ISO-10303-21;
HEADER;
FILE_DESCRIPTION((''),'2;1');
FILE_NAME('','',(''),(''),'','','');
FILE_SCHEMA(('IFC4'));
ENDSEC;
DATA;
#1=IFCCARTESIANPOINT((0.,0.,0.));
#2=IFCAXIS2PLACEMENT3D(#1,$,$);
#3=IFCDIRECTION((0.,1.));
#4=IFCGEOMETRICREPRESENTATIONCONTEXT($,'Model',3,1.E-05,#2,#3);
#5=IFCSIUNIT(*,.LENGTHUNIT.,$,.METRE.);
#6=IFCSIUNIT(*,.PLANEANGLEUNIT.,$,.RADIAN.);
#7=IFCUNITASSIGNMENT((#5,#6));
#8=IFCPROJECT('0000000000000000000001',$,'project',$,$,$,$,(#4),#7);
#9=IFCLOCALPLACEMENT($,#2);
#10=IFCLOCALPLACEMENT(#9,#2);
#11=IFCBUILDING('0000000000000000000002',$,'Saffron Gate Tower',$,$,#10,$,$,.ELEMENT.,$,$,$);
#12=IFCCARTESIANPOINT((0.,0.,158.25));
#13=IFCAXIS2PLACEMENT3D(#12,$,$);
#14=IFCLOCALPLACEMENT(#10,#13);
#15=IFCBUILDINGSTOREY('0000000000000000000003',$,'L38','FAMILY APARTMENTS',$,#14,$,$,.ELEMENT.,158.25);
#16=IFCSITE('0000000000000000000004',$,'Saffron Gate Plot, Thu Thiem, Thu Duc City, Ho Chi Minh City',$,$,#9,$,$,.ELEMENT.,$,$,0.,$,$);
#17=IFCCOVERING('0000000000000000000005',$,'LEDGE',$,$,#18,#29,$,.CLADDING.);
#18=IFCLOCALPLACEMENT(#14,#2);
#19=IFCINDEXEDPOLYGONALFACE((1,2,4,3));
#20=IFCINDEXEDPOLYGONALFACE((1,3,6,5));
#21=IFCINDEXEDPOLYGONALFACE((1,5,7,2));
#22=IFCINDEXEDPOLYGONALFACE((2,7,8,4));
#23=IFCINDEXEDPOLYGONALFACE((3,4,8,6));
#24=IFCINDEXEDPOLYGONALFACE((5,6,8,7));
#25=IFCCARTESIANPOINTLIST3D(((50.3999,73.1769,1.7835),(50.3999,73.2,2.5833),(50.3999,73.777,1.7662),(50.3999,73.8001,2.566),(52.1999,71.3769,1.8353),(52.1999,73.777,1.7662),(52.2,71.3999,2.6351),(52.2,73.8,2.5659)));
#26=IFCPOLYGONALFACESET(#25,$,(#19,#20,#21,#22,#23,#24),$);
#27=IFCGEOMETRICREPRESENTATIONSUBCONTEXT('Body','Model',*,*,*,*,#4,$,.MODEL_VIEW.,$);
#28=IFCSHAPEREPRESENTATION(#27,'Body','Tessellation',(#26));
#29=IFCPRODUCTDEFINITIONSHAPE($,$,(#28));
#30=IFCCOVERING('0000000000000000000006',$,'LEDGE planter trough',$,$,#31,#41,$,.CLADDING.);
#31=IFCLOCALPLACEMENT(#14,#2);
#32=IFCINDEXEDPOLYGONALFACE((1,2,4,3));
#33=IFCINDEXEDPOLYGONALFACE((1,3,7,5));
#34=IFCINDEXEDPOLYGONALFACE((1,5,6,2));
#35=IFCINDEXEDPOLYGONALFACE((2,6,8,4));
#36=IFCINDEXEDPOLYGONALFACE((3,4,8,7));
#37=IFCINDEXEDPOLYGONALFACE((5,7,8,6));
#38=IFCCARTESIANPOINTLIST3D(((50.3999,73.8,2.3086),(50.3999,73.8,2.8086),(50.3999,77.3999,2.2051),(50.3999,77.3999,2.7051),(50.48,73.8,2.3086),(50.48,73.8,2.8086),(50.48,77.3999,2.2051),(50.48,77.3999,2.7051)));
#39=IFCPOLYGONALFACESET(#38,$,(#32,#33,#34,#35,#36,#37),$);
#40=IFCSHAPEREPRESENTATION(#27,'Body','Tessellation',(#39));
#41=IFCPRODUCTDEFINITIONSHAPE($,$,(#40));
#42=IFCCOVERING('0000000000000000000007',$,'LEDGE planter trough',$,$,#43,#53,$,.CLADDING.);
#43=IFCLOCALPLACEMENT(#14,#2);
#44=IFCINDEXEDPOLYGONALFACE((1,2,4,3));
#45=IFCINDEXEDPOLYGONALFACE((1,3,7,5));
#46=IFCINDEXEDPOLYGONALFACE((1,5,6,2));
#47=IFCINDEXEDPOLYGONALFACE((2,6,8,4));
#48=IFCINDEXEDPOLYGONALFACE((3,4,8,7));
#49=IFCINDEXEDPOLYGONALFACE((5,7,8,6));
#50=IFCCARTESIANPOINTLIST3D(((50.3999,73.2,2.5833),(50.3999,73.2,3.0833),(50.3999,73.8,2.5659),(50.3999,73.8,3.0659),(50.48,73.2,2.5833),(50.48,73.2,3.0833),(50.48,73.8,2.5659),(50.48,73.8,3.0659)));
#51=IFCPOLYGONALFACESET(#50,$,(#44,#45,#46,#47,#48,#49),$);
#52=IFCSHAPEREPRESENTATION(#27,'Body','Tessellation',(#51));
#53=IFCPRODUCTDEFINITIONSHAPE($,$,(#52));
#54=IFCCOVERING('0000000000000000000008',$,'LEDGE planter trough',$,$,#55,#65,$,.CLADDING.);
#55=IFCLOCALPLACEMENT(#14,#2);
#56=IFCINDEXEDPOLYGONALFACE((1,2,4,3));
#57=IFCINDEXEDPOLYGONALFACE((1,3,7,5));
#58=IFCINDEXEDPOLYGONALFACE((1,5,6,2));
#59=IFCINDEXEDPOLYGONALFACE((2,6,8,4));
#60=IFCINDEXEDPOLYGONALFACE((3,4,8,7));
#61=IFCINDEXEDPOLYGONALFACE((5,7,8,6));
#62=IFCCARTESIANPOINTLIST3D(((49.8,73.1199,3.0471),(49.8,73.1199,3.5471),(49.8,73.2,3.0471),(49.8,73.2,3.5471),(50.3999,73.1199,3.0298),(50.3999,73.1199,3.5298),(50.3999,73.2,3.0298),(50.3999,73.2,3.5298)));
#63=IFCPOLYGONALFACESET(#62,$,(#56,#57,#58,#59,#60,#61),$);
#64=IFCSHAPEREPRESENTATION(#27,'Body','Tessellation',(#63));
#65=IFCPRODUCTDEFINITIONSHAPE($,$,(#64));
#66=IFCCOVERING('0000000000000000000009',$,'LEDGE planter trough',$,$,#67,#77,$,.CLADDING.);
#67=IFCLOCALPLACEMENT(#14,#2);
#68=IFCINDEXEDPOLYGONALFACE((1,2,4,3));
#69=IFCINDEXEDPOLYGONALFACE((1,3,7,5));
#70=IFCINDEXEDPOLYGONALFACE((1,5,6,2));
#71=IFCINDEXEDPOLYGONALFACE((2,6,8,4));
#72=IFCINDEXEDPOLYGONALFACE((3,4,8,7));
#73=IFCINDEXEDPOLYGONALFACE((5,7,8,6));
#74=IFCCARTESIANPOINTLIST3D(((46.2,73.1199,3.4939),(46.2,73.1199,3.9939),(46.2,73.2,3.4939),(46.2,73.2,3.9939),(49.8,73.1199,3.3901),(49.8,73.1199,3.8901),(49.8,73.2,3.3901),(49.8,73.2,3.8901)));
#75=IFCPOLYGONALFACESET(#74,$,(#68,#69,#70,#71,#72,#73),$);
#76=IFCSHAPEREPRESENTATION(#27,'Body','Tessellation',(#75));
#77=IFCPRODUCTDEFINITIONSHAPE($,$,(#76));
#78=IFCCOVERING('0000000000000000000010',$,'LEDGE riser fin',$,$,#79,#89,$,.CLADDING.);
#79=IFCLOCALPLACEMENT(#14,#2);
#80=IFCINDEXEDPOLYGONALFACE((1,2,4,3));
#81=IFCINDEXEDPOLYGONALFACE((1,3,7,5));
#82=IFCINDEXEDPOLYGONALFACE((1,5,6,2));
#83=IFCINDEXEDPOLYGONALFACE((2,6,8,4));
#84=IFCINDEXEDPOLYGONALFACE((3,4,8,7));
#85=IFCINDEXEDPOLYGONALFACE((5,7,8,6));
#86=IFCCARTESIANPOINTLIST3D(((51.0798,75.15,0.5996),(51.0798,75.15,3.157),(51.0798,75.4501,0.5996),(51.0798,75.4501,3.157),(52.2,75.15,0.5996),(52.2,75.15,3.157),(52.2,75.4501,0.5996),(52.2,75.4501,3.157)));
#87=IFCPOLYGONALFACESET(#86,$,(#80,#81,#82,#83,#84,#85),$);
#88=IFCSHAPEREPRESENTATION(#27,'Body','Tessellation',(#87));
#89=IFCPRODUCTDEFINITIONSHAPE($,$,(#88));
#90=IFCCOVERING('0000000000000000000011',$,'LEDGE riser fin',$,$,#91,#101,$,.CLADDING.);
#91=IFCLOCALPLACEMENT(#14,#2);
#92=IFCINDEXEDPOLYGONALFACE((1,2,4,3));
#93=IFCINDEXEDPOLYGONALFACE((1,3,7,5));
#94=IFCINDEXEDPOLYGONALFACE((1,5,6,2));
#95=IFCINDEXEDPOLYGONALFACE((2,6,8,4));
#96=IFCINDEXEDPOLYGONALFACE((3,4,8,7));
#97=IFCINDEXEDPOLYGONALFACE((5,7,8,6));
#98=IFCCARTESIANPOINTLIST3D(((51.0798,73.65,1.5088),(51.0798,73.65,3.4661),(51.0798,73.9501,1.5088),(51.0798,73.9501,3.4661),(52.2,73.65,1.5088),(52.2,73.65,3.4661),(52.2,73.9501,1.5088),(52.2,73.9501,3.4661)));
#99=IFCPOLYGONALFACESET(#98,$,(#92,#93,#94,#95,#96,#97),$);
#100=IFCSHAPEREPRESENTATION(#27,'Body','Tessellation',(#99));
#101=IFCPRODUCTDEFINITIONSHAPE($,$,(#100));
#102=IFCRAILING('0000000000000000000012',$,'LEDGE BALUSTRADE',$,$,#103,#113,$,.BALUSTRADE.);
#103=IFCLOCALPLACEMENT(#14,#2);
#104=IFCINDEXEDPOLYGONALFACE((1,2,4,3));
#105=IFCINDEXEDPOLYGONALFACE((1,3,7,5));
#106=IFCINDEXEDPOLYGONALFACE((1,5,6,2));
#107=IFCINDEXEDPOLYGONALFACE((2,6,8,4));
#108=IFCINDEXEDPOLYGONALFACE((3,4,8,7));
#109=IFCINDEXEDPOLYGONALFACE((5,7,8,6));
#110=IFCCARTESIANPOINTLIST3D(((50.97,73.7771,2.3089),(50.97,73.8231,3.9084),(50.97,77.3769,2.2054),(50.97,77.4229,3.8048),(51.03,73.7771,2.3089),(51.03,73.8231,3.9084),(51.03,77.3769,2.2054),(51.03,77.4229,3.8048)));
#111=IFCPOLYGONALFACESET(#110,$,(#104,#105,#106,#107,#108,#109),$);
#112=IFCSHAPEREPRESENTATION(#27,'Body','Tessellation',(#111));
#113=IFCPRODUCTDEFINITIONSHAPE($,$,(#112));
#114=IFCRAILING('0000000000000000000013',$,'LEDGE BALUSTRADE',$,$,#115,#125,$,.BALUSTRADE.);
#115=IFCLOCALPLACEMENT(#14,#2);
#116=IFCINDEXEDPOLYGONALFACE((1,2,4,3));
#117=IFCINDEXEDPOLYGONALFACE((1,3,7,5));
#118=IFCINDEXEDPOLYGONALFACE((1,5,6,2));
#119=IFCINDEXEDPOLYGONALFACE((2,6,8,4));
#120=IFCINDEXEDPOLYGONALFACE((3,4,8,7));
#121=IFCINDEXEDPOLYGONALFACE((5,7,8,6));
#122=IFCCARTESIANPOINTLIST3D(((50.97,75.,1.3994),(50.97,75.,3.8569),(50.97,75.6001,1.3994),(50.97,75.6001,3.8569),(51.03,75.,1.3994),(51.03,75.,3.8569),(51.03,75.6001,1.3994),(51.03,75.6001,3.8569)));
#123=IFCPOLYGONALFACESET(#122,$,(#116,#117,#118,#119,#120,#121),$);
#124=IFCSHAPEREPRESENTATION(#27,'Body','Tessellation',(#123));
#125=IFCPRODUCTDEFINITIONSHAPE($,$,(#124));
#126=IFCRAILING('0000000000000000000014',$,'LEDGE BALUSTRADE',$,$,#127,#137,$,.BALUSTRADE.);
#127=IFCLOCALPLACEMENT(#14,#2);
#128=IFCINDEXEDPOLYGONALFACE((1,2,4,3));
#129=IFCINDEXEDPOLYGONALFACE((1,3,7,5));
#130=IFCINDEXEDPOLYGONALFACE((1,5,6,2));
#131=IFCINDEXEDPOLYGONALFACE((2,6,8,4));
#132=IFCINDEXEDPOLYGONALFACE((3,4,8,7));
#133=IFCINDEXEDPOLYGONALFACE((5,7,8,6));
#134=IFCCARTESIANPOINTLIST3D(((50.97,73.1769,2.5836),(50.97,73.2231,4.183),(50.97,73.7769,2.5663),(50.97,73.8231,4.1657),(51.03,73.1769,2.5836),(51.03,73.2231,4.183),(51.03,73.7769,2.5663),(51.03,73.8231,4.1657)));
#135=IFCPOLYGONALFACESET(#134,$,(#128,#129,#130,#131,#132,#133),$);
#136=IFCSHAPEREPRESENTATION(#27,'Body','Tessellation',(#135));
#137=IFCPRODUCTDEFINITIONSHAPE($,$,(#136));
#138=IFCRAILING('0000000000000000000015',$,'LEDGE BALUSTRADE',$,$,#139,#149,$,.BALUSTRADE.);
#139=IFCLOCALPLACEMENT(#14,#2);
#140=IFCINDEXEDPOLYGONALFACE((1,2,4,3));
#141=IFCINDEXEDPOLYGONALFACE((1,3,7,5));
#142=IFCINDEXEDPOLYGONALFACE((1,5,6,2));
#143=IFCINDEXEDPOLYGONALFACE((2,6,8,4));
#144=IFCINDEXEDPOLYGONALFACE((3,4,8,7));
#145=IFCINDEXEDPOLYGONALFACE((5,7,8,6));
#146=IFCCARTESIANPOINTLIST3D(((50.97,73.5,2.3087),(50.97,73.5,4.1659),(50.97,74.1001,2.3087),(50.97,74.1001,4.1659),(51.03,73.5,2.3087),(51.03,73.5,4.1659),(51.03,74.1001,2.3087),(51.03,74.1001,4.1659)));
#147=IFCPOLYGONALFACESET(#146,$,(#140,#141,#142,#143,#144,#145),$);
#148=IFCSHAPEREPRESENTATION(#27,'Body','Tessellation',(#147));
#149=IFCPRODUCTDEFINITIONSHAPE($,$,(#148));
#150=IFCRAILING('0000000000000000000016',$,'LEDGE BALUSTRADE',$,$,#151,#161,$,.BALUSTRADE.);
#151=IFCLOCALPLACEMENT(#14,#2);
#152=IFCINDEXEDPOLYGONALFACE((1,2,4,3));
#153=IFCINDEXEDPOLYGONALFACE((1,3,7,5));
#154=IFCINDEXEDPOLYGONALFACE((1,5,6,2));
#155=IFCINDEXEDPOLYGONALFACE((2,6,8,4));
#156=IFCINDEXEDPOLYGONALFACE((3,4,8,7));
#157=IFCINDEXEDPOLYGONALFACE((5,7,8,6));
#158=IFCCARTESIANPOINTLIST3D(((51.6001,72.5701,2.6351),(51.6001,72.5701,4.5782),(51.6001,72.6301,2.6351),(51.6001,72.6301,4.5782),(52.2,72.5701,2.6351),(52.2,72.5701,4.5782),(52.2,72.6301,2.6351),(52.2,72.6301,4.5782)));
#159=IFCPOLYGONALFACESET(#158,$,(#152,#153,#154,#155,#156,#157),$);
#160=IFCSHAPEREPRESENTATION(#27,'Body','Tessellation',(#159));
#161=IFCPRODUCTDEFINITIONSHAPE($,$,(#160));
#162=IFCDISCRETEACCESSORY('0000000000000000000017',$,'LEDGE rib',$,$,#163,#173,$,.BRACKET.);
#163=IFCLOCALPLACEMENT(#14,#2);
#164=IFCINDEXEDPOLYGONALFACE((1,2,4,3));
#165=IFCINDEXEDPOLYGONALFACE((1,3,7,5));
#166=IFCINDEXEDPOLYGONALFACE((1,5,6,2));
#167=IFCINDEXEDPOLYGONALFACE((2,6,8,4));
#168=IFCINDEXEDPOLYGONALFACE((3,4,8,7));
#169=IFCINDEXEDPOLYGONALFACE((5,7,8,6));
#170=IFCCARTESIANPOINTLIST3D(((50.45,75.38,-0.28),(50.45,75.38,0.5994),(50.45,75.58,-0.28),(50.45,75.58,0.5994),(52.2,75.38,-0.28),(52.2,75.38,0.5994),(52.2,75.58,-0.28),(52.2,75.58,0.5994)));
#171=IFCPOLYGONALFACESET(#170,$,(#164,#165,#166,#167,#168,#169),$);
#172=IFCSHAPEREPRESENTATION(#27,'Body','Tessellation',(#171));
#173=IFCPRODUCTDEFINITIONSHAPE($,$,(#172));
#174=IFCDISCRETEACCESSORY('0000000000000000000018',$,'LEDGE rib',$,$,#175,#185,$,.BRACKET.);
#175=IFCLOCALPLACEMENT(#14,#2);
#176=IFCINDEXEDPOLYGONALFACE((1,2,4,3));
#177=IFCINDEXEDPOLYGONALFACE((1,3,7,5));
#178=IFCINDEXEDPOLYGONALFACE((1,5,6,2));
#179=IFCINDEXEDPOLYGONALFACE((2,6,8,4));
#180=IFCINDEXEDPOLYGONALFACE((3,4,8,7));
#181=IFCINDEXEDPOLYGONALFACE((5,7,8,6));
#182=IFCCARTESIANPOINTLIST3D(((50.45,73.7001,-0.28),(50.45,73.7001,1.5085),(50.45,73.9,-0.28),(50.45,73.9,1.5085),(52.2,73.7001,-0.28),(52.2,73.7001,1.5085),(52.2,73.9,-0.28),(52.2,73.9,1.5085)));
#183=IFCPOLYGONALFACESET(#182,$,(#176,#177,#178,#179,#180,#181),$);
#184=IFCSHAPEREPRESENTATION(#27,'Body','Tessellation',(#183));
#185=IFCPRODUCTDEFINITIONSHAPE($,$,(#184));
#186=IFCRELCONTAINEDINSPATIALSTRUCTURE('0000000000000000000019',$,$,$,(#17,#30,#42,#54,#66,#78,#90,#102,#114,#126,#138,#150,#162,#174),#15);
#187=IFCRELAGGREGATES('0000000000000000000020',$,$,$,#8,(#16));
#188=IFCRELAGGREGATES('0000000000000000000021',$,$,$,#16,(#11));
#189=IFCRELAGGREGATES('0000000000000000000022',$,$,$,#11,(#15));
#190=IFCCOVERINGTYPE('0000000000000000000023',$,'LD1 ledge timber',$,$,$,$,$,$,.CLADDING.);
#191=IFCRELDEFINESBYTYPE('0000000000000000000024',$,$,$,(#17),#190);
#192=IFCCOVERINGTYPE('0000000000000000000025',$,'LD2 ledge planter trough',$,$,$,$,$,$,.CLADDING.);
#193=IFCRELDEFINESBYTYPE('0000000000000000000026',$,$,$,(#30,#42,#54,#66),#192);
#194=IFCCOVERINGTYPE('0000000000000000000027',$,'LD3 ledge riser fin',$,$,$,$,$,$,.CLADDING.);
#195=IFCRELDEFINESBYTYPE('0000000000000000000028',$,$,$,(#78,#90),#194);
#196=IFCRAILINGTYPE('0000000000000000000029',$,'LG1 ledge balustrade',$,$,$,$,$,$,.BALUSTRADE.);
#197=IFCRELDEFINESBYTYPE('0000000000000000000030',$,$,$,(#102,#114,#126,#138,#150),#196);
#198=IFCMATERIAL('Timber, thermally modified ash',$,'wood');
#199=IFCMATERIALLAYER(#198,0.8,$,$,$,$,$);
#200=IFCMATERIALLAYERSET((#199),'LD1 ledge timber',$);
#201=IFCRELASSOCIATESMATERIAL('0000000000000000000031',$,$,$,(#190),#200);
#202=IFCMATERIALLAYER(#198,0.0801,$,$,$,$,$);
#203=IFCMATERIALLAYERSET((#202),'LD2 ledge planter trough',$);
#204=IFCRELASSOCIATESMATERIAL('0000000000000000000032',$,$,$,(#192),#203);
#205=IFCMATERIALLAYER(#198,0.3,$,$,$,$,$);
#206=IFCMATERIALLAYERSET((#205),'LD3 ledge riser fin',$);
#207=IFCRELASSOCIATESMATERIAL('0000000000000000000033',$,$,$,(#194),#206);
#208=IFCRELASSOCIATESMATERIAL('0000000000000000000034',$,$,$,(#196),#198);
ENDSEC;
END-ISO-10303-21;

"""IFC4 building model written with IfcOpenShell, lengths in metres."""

from ifc_helpers import new_model, si_unit, direction, frame, origin, origin_2d, place, context, subcontext, project, spatial, polyline, rectangle, outline, extrude, material, layer, layer_set, type_object, element, save


model = new_model("IFC4")

# Units and contexts
model_context = context("Model", 3, precision=1e-05, world=origin(), true_north=direction((0.0, 1.0)))
body_context = subcontext(model_context, "Body", "Model", "MODEL_VIEW")
ifc_project = project(units=[si_unit("LENGTHUNIT", "METRE"), si_unit("PLANEANGLEUNIT", "RADIAN")], contexts=[model_context])

# Site, building, storey
site_placement = place(None, origin())
site = spatial("IfcSite", under=ifc_project, at=site_placement, Name="Saffron Gate Plot, Thu Thiem, Thu Duc City, Ho Chi Minh City", CompositionType="ELEMENT", RefElevation=0.0)
building_placement = place(site_placement, origin())
building = spatial("IfcBuilding", under=site, at=building_placement, Name="Saffron Gate Tower", CompositionType="ELEMENT")
storey_placement = place(building_placement, frame((0.0, 0.0, 158.25)))
storey = spatial("IfcBuildingStorey", under=building, at=storey_placement, Name="L38", Description="FAMILY APARTMENTS", CompositionType="ELEMENT", Elevation=158.25)

# Coverings
ifc_material = material(Name="Timber, thermally modified ash", Category="wood")
ifc_layer_1 = layer(ifc_material, 0.8)
ifc_layer_set_1 = layer_set([ifc_layer_1], Name="LD1 ledge timber")
covering_type_1 = type_object("IfcCoveringType", Name="LD1 ledge timber", PredefinedType="CLADDING", material=ifc_layer_set_1)
covering_1_placement = place(storey_placement, frame((52.2, 73.8, 2.5659), z_axis=(0.000026, 0.028794, 0.999585), x_axis=(0.0, -0.999585, 0.028794)))
element("IfcCovering", 1, at=covering_1_placement, inside=storey, type_object=covering_type_1, Name="LEDGE", PredefinedType="CLADDING", context=body_context, shape_type="SweptSolid", body=[
    extrude(outline(polyline([(0.0, 0.0), (2.4011, 0.0), (0.6003, -1.8), (0.0, -1.8), (0.0, 0.0)])), origin(), (0.0, 0.0, -1.0), 0.8),
])
ifc_layer_2 = layer(ifc_material, 0.0801)
ifc_layer_set_2 = layer_set([ifc_layer_2], Name="LD2 ledge planter trough")
covering_type_2 = type_object("IfcCoveringType", Name="LD2 ledge planter trough", PredefinedType="CLADDING", material=ifc_layer_set_2)
covering_2_placement = place(storey_placement, frame((50.3999, 77.3999, 2.2051), z_axis=(-1.0, 0.0, 0.0), x_axis=(0.0, -0.999587, 0.028744)))
element("IfcCovering", 2, at=covering_2_placement, inside=storey, type_object=covering_type_2, Name="LEDGE planter trough", PredefinedType="CLADDING", context=body_context, shape_type="SweptSolid", body=[
    extrude(outline(polyline([(0.0, 0.0), (3.6013, 0.0), (3.6157, 0.4998), (0.0144, 0.4998), (0.0, 0.0)])), origin(), (0.0, 0.0, -1.0), 0.0801),
])
covering_3_placement = place(storey_placement, frame((50.3999, 73.8, 2.5659), z_axis=(-1.0, 0.0, 0.0), x_axis=(0.0, -0.999583, 0.028873)))
element("IfcCovering", 3, at=covering_3_placement, inside=storey, type_object=covering_type_2, Name="LEDGE planter trough", PredefinedType="CLADDING", context=body_context, shape_type="SweptSolid", body=[
    extrude(outline(polyline([(0.0, 0.0), (0.6003, 0.0), (0.6148, 0.4998), (0.0144, 0.4998), (0.0, 0.0)])), origin(), (0.0, 0.0, -1.0), 0.0801),
])
covering_4_placement = place(storey_placement, frame((50.3999, 73.2, 3.0298), z_axis=(0.0, 1.0, 0.0), x_axis=(-0.999583, 0.0, 0.028885)))
element("IfcCovering", 4, at=covering_4_placement, inside=storey, type_object=covering_type_2, Name="LEDGE planter trough", PredefinedType="CLADDING", context=body_context, shape_type="SweptSolid", body=[
    extrude(outline(polyline([(0.0, 0.0), (0.6001, 0.0), (0.6145, 0.4998), (0.0144, 0.4998), (0.0, 0.0)])), origin(), (0.0, 0.0, -1.0), 0.0801),
])
covering_5_placement = place(storey_placement, frame((49.8, 73.2, 3.3901), z_axis=(0.0, 1.0, 0.0), x_axis=(-0.999585, 0.0, 0.028809)))
element("IfcCovering", 5, at=covering_5_placement, inside=storey, type_object=covering_type_2, Name="LEDGE planter trough", PredefinedType="CLADDING", context=body_context, shape_type="SweptSolid", body=[
    extrude(outline(polyline([(0.0, 0.0), (3.6016, 0.0), (3.616, 0.4998), (0.0144, 0.4998), (0.0, 0.0)])), origin(), (0.0, 0.0, -1.0), 0.0801),
])
ifc_layer_3 = layer(ifc_material, 0.3)
ifc_layer_set_3 = layer_set([ifc_layer_3], Name="LD3 ledge riser fin")
covering_type_3 = type_object("IfcCoveringType", Name="LD3 ledge riser fin", PredefinedType="CLADDING", material=ifc_layer_set_3)
covering_6_placement = place(storey_placement, frame((51.6399, 75.3, 0.5996), z_axis=(0.0, 0.0, 1.0), x_axis=(0.0, -1.0, 0.0)))
element("IfcCovering", 6, at=covering_6_placement, inside=storey, type_object=covering_type_3, Name="LEDGE riser fin", PredefinedType="CLADDING", context=body_context, shape_type="SweptSolid", body=[
    extrude(rectangle(XDim=0.3, YDim=1.1201, at=origin_2d()), origin(), (0.0, 0.0, 1.0), 2.5574),
])
covering_7_placement = place(storey_placement, frame((51.6399, 73.8, 1.5088), z_axis=(0.0, 0.0, 1.0), x_axis=(0.0, -1.0, 0.0)))
element("IfcCovering", 7, at=covering_7_placement, inside=storey, type_object=covering_type_3, Name="LEDGE riser fin", PredefinedType="CLADDING", context=body_context, shape_type="SweptSolid", body=[
    extrude(rectangle(XDim=0.3, YDim=1.1201, at=origin_2d()), origin(), (0.0, 0.0, 1.0), 1.9573),
])

# Railings
railing_type = type_object("IfcRailingType", Name="LG1 ledge balustrade", PredefinedType="BALUSTRADE", material=ifc_material)
railing_1_placement = place(storey_placement, frame((51.0, 77.3999, 2.2051)))
element("IfcRailing", 8, at=railing_1_placement, inside=storey, type_object=railing_type, Name="LEDGE BALUSTRADE", PredefinedType="BALUSTRADE", context=body_context, shape_type="SweptSolid", body=[
    extrude(rectangle(XDim=0.0601, YDim=1.6001, at=origin_2d()), frame((0.0, 0.0, 0.8), z_axis=(0.0, -0.999587, 0.028744), x_axis=(1.0, 0.0, 0.0)), (0.0, 0.0, 1.0), 3.6013),
])
railing_2_placement = place(storey_placement, frame((51.0, 75.6001, 1.3994)))
element("IfcRailing", 9, at=railing_2_placement, inside=storey, type_object=railing_type, Name="LEDGE BALUSTRADE", PredefinedType="BALUSTRADE", context=body_context, shape_type="SweptSolid", body=[
    extrude(rectangle(XDim=0.0601, YDim=2.4575, at=origin_2d()), frame((0.0, 0.0, 1.2288), z_axis=(0.0, -1.0, 0.0), x_axis=(1.0, 0.0, 0.0)), (0.0, 0.0, 1.0), 0.6001),
])
railing_3_placement = place(storey_placement, frame((51.0, 73.8, 2.5659)))
element("IfcRailing", 10, at=railing_3_placement, inside=storey, type_object=railing_type, Name="LEDGE BALUSTRADE", PredefinedType="BALUSTRADE", context=body_context, shape_type="SweptSolid", body=[
    extrude(rectangle(XDim=0.0601, YDim=1.6001, at=origin_2d()), frame((0.0, 0.0, 0.8), z_axis=(0.0, -0.999583, 0.028873), x_axis=(1.0, 0.0, 0.0)), (0.0, 0.0, 1.0), 0.6003),
])
railing_4_placement = place(storey_placement, frame((51.0, 74.1001, 2.3086)))
element("IfcRailing", 11, at=railing_4_placement, inside=storey, type_object=railing_type, Name="LEDGE BALUSTRADE", PredefinedType="BALUSTRADE", context=body_context, shape_type="SweptSolid", body=[
    extrude(rectangle(XDim=0.0601, YDim=1.8572, at=origin_2d()), frame((0.0, 0.0, 0.9287), z_axis=(0.0, -1.0, 0.0), x_axis=(1.0, 0.0, 0.0)), (0.0, 0.0, 1.0), 0.6001),
])
railing_5_placement = place(storey_placement, frame((52.2, 72.6001, 2.635)))
element("IfcRailing", 12, at=railing_5_placement, inside=storey, type_object=railing_type, Name="LEDGE BALUSTRADE", PredefinedType="BALUSTRADE", context=body_context, shape_type="SweptSolid", body=[
    extrude(rectangle(XDim=0.0601, YDim=1.9431, at=origin_2d()), frame((0.0, 0.0, 0.9717), z_axis=(-1.0, 0.0, 0.0), x_axis=(0.0, -1.0, 0.0)), (0.0, 0.0, 1.0), 0.5999),
])

# Discrete accessories
discrete_accessory_1_placement = place(storey_placement, frame((51.325, 75.48, -0.28), z_axis=(0.0, 0.0, 1.0), x_axis=(0.0, -1.0, 0.0)))
element("IfcDiscreteAccessory", 13, at=discrete_accessory_1_placement, inside=storey, Name="LEDGE rib", PredefinedType="BRACKET", context=body_context, shape_type="SweptSolid", body=[
    extrude(rectangle(XDim=0.2, YDim=1.75, at=origin_2d()), origin(), (0.0, 0.0, 1.0), 0.8794),
])
discrete_accessory_2_placement = place(storey_placement, frame((51.325, 73.8, -0.28), z_axis=(0.0, 0.0, 1.0), x_axis=(0.0, -1.0, 0.0)))
element("IfcDiscreteAccessory", 14, at=discrete_accessory_2_placement, inside=storey, Name="LEDGE rib", PredefinedType="BRACKET", context=body_context, shape_type="SweptSolid", body=[
    extrude(rectangle(XDim=0.2, YDim=1.75, at=origin_2d()), origin(), (0.0, 0.0, 1.0), 1.7886),
])

save(model, "model.ifc")
